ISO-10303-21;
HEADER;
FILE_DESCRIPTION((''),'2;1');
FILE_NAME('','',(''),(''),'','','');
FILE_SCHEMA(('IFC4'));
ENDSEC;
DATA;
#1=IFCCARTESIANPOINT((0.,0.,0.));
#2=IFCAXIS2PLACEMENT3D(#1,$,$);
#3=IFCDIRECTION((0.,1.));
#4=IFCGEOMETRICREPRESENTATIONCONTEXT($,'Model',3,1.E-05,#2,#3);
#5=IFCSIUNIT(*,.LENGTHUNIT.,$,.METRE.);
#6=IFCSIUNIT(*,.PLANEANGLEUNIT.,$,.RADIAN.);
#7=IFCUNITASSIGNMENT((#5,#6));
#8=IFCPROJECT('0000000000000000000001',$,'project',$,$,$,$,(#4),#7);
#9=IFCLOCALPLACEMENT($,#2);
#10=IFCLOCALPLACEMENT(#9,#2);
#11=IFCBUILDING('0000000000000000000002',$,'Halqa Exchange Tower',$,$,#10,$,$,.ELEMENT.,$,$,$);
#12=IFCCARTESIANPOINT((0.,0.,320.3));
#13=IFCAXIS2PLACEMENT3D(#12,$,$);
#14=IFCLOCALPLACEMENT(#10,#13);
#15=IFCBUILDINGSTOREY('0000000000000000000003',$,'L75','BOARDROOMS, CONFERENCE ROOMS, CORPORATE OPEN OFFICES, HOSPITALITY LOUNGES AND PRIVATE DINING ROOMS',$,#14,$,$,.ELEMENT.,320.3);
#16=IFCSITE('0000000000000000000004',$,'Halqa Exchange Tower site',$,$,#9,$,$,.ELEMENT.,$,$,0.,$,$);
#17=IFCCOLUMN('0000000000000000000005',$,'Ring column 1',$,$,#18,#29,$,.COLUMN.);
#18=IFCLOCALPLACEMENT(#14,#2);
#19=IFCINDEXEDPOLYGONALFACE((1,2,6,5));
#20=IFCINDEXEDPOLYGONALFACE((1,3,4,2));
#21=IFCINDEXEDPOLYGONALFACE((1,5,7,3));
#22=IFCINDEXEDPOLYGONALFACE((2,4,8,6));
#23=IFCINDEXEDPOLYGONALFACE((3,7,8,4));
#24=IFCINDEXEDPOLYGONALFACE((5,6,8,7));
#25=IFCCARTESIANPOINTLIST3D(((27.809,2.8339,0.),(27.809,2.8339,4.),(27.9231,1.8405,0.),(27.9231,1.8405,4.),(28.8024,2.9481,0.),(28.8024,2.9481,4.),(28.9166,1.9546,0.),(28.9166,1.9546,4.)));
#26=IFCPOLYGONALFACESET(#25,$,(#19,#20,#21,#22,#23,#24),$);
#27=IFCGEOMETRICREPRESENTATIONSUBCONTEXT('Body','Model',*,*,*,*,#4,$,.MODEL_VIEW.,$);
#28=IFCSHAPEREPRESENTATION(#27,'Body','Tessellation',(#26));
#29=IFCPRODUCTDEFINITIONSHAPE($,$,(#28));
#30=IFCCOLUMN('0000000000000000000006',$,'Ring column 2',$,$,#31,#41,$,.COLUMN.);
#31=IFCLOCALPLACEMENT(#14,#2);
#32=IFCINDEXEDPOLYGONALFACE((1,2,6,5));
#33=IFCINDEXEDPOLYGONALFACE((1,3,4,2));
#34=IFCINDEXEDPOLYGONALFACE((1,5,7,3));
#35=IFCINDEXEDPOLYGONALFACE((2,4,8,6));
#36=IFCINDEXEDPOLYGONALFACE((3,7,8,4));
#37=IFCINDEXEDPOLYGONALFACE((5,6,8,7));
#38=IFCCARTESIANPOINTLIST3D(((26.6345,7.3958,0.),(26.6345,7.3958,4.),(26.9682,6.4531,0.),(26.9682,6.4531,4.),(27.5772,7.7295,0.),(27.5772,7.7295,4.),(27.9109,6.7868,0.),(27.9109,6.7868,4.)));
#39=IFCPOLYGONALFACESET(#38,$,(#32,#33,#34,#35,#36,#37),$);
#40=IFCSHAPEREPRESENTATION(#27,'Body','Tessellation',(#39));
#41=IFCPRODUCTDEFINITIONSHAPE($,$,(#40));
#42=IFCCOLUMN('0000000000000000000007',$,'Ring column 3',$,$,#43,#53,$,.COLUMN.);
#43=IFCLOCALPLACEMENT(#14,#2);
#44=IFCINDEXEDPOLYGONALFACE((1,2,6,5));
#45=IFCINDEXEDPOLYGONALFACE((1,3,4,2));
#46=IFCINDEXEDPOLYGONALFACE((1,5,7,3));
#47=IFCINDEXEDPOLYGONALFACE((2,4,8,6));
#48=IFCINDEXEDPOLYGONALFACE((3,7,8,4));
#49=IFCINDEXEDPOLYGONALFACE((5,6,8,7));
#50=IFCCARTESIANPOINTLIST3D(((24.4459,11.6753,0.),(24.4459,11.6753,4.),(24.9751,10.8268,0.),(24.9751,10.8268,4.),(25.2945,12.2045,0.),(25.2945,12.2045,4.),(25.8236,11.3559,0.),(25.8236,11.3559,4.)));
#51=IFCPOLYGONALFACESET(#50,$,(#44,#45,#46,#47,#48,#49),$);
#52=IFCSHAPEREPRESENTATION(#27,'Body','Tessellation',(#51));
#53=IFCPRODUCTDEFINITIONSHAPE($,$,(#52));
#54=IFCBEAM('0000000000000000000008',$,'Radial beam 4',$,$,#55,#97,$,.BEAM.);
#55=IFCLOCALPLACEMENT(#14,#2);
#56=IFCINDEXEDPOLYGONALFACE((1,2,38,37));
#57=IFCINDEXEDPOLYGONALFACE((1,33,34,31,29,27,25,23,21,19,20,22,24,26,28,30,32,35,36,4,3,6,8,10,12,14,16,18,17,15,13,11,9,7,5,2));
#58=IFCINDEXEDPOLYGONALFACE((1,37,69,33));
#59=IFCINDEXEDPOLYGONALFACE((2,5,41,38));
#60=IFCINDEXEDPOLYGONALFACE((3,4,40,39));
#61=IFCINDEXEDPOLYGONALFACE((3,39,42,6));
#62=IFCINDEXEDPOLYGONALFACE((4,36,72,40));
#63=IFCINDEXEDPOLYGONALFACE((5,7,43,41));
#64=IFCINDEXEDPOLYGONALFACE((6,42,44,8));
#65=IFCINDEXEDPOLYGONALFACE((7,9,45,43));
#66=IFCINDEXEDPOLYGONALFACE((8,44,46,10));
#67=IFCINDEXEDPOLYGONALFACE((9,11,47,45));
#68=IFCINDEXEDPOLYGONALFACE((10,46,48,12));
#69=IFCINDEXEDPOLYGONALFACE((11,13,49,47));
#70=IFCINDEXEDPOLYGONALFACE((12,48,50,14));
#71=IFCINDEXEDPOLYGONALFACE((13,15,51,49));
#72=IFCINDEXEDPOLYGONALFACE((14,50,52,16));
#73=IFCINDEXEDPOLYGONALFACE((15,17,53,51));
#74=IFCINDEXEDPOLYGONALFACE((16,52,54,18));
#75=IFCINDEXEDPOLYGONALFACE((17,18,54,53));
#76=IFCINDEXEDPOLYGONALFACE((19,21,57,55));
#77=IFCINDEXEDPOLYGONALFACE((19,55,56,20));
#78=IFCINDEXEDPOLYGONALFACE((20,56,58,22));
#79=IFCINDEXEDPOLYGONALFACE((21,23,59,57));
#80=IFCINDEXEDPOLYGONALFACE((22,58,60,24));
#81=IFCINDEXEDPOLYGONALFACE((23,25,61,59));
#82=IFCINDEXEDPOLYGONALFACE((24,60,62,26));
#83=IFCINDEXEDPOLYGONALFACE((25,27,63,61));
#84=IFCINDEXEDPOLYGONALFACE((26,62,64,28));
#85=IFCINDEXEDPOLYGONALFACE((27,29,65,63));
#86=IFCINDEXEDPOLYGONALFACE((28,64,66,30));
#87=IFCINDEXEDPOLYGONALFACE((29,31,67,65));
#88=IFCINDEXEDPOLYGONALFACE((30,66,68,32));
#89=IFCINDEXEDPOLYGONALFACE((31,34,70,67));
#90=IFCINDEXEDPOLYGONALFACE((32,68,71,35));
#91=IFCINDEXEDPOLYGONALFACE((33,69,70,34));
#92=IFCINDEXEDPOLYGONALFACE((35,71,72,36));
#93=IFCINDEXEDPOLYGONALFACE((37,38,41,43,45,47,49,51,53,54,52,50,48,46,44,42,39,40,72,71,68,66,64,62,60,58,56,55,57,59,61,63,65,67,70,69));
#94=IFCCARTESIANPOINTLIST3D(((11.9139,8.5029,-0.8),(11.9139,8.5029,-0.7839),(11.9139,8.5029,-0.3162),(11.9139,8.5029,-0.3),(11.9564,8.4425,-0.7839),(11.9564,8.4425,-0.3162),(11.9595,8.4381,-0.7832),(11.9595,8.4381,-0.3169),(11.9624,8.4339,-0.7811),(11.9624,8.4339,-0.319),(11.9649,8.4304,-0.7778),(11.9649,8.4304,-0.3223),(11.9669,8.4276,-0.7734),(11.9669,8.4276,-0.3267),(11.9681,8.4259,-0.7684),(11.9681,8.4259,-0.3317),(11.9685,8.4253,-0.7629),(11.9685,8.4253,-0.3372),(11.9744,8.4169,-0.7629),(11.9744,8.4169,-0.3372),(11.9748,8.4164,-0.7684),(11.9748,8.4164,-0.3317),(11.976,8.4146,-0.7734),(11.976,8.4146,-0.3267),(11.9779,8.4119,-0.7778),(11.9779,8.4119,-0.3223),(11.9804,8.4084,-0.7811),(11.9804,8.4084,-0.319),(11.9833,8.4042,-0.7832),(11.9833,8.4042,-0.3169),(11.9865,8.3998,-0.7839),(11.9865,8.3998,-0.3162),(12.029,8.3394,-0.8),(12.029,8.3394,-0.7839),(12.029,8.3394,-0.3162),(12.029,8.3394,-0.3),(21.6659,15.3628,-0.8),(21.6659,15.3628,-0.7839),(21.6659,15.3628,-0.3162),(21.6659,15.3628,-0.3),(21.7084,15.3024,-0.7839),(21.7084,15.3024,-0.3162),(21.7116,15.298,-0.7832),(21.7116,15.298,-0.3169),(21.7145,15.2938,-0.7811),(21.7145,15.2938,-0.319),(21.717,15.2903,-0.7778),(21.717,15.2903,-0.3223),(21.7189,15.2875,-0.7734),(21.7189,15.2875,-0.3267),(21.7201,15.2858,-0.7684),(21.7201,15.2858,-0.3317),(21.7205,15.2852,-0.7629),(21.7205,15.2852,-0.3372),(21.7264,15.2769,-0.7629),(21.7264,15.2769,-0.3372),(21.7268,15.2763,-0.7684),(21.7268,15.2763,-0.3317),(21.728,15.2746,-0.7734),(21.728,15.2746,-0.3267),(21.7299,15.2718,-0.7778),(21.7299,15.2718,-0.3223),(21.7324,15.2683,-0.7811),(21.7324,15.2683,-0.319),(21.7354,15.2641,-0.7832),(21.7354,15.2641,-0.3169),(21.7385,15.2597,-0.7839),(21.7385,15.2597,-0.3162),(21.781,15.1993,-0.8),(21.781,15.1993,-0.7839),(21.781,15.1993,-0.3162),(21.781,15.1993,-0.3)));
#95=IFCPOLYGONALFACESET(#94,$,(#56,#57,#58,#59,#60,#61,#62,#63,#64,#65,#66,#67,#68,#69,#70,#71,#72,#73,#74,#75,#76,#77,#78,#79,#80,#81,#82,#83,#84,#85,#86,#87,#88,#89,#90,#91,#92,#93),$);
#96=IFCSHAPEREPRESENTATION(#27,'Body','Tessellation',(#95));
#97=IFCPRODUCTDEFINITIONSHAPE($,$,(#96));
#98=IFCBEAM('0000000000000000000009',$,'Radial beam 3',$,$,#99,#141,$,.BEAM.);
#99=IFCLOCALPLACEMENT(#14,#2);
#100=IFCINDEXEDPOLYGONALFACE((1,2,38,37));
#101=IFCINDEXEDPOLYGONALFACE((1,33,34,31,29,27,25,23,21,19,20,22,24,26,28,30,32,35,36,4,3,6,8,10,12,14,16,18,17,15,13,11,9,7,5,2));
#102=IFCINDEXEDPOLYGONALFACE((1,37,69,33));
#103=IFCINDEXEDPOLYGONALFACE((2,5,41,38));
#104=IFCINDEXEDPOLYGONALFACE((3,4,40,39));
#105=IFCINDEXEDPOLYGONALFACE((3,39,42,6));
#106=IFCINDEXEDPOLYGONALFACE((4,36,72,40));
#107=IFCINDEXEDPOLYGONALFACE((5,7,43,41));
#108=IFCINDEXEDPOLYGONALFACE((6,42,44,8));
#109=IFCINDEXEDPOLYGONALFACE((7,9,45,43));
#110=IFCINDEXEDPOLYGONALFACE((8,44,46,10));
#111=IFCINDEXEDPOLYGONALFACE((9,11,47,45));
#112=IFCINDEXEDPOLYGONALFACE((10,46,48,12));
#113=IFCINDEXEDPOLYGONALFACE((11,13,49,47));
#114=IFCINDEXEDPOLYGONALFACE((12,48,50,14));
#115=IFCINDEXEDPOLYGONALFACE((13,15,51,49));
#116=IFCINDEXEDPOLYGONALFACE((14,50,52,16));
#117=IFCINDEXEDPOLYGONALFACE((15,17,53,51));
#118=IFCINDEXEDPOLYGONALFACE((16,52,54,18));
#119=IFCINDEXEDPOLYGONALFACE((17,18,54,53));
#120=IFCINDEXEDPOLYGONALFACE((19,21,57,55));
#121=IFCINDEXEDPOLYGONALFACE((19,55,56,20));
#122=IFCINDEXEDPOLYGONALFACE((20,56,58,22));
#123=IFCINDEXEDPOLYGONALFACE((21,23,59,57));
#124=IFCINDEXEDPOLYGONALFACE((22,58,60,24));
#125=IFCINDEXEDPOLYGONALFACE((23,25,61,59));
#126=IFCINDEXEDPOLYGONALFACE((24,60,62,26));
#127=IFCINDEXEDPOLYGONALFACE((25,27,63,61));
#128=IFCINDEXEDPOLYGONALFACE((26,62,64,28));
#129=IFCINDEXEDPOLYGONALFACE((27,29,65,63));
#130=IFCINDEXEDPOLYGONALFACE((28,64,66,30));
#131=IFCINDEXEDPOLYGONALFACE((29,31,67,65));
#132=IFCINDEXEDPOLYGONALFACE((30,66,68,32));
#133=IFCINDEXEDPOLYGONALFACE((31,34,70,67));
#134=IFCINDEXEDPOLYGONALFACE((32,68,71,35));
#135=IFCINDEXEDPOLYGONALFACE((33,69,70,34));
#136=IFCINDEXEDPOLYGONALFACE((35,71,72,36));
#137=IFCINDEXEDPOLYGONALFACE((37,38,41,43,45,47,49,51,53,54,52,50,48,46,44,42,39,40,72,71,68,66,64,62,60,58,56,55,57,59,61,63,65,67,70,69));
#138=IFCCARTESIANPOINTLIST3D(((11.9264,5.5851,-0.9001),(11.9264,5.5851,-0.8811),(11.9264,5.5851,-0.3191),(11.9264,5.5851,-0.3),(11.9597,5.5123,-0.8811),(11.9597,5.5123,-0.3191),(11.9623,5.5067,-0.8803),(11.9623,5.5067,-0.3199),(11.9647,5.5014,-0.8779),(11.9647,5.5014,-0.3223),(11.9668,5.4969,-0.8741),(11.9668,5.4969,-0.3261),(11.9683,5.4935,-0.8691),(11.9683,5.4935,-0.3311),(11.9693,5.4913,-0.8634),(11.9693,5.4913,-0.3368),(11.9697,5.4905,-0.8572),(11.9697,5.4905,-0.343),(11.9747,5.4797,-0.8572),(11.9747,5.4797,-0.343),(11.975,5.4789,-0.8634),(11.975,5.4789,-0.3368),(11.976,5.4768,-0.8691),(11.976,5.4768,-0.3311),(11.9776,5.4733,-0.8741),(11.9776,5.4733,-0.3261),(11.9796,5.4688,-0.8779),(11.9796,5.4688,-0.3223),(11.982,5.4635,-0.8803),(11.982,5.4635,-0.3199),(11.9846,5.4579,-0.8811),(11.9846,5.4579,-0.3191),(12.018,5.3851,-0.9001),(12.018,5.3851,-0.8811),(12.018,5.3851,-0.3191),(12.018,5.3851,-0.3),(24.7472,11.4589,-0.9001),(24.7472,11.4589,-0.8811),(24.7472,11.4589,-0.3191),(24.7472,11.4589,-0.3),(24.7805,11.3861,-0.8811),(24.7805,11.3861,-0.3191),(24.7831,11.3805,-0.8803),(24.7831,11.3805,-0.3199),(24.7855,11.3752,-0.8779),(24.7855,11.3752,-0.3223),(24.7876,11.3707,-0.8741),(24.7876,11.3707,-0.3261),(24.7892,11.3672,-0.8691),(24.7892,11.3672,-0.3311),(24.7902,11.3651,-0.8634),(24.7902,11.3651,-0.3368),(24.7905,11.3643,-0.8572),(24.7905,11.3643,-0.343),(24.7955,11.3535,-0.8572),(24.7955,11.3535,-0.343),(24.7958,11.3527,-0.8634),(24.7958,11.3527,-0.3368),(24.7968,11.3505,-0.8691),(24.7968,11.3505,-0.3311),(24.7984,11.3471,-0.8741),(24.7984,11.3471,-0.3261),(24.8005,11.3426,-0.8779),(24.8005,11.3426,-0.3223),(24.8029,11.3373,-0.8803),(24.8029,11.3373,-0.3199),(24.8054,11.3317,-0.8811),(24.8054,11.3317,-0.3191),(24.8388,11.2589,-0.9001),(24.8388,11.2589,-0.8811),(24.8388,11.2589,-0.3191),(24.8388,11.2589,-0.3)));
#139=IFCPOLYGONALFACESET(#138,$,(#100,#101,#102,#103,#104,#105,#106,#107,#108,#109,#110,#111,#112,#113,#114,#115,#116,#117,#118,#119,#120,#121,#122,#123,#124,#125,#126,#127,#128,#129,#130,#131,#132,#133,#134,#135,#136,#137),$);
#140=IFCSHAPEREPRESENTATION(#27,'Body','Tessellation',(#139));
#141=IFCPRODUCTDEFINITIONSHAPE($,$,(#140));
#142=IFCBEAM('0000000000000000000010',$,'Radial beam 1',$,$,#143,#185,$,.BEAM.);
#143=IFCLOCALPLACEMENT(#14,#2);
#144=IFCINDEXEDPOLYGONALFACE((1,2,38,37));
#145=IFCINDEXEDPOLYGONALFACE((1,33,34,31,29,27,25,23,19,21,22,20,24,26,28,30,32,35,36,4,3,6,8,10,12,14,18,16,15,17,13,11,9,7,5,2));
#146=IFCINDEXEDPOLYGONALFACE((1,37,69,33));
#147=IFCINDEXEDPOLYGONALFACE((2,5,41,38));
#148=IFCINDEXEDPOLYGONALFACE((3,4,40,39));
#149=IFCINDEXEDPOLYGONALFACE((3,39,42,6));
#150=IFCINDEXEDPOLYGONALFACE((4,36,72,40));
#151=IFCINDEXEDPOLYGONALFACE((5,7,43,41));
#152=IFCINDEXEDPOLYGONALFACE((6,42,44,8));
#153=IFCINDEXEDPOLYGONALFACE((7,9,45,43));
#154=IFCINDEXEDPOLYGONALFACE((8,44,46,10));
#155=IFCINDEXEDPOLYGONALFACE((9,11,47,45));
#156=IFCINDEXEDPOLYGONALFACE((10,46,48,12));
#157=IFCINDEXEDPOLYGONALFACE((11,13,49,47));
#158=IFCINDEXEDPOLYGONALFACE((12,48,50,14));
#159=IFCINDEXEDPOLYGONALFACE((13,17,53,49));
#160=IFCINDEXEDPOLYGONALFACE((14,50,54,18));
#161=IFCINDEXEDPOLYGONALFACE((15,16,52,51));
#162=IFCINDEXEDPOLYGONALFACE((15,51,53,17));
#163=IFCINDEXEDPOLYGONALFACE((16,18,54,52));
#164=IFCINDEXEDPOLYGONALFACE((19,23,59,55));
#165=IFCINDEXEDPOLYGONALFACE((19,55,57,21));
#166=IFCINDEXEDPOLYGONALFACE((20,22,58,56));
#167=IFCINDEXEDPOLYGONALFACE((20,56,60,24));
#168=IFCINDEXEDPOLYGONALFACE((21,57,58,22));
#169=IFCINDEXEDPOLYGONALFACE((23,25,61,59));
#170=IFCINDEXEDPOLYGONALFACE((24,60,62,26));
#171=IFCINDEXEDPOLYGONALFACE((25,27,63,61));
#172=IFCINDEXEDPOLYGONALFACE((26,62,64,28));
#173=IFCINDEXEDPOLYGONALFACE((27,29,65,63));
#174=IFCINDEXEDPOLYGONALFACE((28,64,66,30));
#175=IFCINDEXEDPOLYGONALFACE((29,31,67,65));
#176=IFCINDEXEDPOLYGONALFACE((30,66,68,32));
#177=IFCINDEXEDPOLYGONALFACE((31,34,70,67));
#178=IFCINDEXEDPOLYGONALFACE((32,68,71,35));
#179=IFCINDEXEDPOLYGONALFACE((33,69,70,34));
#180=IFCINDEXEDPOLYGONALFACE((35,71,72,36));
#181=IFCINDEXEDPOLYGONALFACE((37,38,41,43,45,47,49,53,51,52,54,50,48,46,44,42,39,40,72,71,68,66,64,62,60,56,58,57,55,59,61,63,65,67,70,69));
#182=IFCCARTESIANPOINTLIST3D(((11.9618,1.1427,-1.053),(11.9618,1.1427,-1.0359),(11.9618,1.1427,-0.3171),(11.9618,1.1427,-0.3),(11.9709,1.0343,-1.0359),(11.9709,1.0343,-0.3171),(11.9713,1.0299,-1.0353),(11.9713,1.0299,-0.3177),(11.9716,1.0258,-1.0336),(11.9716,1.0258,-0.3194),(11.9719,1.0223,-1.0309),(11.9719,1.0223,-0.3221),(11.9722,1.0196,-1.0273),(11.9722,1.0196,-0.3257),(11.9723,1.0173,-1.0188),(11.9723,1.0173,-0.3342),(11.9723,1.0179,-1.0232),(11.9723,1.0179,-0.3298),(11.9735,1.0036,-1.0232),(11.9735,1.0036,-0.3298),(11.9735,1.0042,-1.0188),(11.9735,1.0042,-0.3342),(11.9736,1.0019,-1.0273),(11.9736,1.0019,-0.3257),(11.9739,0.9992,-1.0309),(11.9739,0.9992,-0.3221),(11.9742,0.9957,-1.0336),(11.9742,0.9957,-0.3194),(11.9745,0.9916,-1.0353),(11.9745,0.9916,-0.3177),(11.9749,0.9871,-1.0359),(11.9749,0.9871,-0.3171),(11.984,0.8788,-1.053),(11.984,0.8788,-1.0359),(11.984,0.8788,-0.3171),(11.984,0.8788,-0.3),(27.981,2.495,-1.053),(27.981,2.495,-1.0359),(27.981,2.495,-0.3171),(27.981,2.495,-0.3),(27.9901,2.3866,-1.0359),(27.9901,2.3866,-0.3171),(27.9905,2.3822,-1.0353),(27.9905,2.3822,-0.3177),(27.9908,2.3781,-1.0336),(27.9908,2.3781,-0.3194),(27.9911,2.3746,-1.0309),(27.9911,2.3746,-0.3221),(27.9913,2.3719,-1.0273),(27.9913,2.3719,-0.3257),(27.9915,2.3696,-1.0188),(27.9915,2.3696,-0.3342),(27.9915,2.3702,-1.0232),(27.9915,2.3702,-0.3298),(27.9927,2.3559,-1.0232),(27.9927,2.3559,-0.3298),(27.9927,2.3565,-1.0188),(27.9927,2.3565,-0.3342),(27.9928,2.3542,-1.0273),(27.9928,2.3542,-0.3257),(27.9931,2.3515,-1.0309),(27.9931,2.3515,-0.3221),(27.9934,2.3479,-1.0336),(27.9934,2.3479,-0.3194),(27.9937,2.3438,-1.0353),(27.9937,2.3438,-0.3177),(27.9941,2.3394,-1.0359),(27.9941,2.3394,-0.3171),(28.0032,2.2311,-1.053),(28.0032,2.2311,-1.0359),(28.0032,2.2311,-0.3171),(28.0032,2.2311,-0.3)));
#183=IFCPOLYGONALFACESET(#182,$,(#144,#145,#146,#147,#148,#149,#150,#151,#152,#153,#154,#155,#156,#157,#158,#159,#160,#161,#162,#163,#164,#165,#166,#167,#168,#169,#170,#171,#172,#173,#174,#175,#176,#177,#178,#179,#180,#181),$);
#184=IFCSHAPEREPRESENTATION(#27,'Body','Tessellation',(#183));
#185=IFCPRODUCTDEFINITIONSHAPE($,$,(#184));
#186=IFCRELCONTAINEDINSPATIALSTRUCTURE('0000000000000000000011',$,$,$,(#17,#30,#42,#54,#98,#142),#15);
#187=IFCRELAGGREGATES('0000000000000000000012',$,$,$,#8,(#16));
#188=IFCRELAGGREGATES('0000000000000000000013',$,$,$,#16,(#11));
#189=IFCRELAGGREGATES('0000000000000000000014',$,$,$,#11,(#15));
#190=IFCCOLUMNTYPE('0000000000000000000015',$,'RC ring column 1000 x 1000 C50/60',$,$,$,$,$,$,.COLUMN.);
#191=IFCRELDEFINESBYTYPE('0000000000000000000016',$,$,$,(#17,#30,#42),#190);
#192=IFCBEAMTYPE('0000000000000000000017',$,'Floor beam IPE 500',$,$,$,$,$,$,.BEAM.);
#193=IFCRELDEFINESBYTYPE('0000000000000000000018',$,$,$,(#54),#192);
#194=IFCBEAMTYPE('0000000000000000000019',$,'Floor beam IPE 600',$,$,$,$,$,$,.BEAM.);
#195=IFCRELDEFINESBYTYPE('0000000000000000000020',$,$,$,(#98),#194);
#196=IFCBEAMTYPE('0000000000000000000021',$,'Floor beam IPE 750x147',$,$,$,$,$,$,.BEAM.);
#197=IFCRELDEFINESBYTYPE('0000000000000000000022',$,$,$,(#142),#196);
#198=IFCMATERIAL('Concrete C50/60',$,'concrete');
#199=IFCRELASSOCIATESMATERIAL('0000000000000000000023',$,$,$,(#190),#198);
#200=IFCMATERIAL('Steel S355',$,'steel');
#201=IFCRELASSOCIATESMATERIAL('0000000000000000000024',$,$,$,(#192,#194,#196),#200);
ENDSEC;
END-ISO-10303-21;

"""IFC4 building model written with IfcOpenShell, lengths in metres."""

from ifc_helpers import new_model, si_unit, direction, frame, origin, origin_2d, place, context, subcontext, project, spatial, rectangle, i_section, extrude, material, material_profile, profile_set, type_object, element, save


model = new_model("IFC4")

# Units and contexts
model_context = context("Model", 3, precision=1e-05, world=origin(), true_north=direction((0.0, 1.0)))
body_context = subcontext(model_context, "Body", "Model", "MODEL_VIEW")
ifc_project = project(units=[si_unit("LENGTHUNIT", "METRE"), si_unit("PLANEANGLEUNIT", "RADIAN")], contexts=[model_context])

# Site, building, storey
site_placement = place(None, origin())
site = spatial("IfcSite", under=ifc_project, at=site_placement, Name="Halqa Exchange Tower site", CompositionType="ELEMENT", RefElevation=0.0)
building_placement = place(site_placement, origin())
building = spatial("IfcBuilding", under=site, at=building_placement, Name="Halqa Exchange Tower", CompositionType="ELEMENT")
storey_placement = place(building_placement, frame((0.0, 0.0, 320.3)))
storey = spatial("IfcBuildingStorey", under=building, at=storey_placement, Name="L75", Description="BOARDROOMS, CONFERENCE ROOMS, CORPORATE OPEN OFFICES, HOSPITALITY LOUNGES AND PRIVATE DINING ROOMS", CompositionType="ELEMENT", Elevation=320.3)

# Columns
ifc_material_1 = material(Name="Concrete C50/60", Category="concrete")
ifc_material_profile_1 = material_profile(ifc_material_1, rectangle(XDim=1.0, YDim=1.0, at=origin_2d()), Name="1000 x 1000")
ifc_profile_set_1 = profile_set([ifc_material_profile_1], Name="Concrete C50/60")
column_type = type_object("IfcColumnType", Name="RC ring column 1000 x 1000 C50/60", PredefinedType="COLUMN", material=ifc_profile_set_1)
for number, where, z_axis, x_axis, name in (
    (1, (28.3628, 2.3943, 0.0), (0.0, 0.0, 1.0), (-0.11416, 0.993462, 0.0), "Ring column 1"),
    (2, (27.2727, 7.0913, 0.0), (0.0, 0.0, 1.0), (-0.333624, 0.942706, 0.0), "Ring column 2"),
    (3, (25.1348, 11.5156, 0.0), (0.0, 0.0, 1.0), (-0.52914, 0.848534, 0.0), "Ring column 3"),
):
    element("IfcColumn", number, at=place(storey_placement, frame(where, z_axis=z_axis, x_axis=x_axis)), inside=storey, type_object=column_type, Name=name, PredefinedType="COLUMN", context=body_context, shape_type="SweptSolid", body=[
        extrude(rectangle(XDim=1.0, YDim=1.0, at=origin_2d()), origin(), (0.0, 0.0, 1.0), 4.0),
    ])

# Beams
ifc_material_2 = material(Name="Steel S355", Category="steel")
ifc_material_profile_2 = material_profile(ifc_material_2, i_section(OverallWidth=0.2, OverallDepth=0.5, WebThickness=0.0103, FlangeThickness=0.0161, FilletRadius=0.021, at=origin_2d()), Name="IPE 500")
ifc_profile_set_2 = profile_set([ifc_material_profile_2], Name="Steel S355")
beam_type_1 = type_object("IfcBeamType", Name="Floor beam IPE 500", PredefinedType="BEAM", material=ifc_profile_set_2)
beam_1_placement = place(storey_placement, frame((11.9714, 8.4211, -0.55), z_axis=(0.81791, 0.575346, 0.0), x_axis=(-0.575346, 0.81791, 0.0)))
element("IfcBeam", 4, at=beam_1_placement, inside=storey, type_object=beam_type_1, Name="Radial beam 4", PredefinedType="BEAM", context=body_context, shape_type="SweptSolid", body=[
    extrude(i_section(OverallWidth=0.2, OverallDepth=0.5, WebThickness=0.0103, FlangeThickness=0.0161, FilletRadius=0.021, at=origin_2d()), origin(), (0.0, 0.0, 1.0), 11.9231),
])
ifc_material_profile_3 = material_profile(ifc_material_2, i_section(OverallWidth=0.22, OverallDepth=0.6001, WebThickness=0.012, FlangeThickness=0.019, FilletRadius=0.0239, at=origin_2d()), Name="IPE 600")
ifc_profile_set_3 = profile_set([ifc_material_profile_3], Name="Steel S355")
beam_type_2 = type_object("IfcBeamType", Name="Floor beam IPE 600", PredefinedType="BEAM", material=ifc_profile_set_3)
beam_2_placement = place(storey_placement, frame((11.9722, 5.4851, -0.6001), z_axis=(0.90913, 0.416513, 0.0), x_axis=(-0.416513, 0.90913, 0.0)))
element("IfcBeam", 5, at=beam_2_placement, inside=storey, type_object=beam_type_2, Name="Radial beam 3", PredefinedType="BEAM", context=body_context, shape_type="SweptSolid", body=[
    extrude(i_section(OverallWidth=0.22, OverallDepth=0.6001, WebThickness=0.012, FlangeThickness=0.019, FilletRadius=0.0239, at=origin_2d()), origin(), (0.0, 0.0, 1.0), 14.1023),
])
ifc_material_profile_4 = material_profile(ifc_material_2, i_section(OverallWidth=0.2649, OverallDepth=0.7529, WebThickness=0.0132, FlangeThickness=0.0171, FilletRadius=0.0171, at=origin_2d()), Name="IPE 750x147")
ifc_profile_set_4 = profile_set([ifc_material_profile_4], Name="Steel S355")
beam_type_3 = type_object("IfcBeamType", Name="Floor beam IPE 750x147", PredefinedType="BEAM", material=ifc_profile_set_4)
beam_3_placement = place(storey_placement, frame((11.9729, 1.0107, -0.6765), z_axis=(0.996456, 0.084117, 0.0), x_axis=(-0.084117, 0.996456, 0.0)))
element("IfcBeam", 6, at=beam_3_placement, inside=storey, type_object=beam_type_3, Name="Radial beam 1", PredefinedType="BEAM", context=body_context, shape_type="SweptSolid", body=[
    extrude(i_section(OverallWidth=0.2649, OverallDepth=0.7529, WebThickness=0.0132, FlangeThickness=0.0171, FilletRadius=0.0171, at=origin_2d()), origin(), (0.0, 0.0, 1.0), 16.0762),
])

save(model, "model.ifc")
